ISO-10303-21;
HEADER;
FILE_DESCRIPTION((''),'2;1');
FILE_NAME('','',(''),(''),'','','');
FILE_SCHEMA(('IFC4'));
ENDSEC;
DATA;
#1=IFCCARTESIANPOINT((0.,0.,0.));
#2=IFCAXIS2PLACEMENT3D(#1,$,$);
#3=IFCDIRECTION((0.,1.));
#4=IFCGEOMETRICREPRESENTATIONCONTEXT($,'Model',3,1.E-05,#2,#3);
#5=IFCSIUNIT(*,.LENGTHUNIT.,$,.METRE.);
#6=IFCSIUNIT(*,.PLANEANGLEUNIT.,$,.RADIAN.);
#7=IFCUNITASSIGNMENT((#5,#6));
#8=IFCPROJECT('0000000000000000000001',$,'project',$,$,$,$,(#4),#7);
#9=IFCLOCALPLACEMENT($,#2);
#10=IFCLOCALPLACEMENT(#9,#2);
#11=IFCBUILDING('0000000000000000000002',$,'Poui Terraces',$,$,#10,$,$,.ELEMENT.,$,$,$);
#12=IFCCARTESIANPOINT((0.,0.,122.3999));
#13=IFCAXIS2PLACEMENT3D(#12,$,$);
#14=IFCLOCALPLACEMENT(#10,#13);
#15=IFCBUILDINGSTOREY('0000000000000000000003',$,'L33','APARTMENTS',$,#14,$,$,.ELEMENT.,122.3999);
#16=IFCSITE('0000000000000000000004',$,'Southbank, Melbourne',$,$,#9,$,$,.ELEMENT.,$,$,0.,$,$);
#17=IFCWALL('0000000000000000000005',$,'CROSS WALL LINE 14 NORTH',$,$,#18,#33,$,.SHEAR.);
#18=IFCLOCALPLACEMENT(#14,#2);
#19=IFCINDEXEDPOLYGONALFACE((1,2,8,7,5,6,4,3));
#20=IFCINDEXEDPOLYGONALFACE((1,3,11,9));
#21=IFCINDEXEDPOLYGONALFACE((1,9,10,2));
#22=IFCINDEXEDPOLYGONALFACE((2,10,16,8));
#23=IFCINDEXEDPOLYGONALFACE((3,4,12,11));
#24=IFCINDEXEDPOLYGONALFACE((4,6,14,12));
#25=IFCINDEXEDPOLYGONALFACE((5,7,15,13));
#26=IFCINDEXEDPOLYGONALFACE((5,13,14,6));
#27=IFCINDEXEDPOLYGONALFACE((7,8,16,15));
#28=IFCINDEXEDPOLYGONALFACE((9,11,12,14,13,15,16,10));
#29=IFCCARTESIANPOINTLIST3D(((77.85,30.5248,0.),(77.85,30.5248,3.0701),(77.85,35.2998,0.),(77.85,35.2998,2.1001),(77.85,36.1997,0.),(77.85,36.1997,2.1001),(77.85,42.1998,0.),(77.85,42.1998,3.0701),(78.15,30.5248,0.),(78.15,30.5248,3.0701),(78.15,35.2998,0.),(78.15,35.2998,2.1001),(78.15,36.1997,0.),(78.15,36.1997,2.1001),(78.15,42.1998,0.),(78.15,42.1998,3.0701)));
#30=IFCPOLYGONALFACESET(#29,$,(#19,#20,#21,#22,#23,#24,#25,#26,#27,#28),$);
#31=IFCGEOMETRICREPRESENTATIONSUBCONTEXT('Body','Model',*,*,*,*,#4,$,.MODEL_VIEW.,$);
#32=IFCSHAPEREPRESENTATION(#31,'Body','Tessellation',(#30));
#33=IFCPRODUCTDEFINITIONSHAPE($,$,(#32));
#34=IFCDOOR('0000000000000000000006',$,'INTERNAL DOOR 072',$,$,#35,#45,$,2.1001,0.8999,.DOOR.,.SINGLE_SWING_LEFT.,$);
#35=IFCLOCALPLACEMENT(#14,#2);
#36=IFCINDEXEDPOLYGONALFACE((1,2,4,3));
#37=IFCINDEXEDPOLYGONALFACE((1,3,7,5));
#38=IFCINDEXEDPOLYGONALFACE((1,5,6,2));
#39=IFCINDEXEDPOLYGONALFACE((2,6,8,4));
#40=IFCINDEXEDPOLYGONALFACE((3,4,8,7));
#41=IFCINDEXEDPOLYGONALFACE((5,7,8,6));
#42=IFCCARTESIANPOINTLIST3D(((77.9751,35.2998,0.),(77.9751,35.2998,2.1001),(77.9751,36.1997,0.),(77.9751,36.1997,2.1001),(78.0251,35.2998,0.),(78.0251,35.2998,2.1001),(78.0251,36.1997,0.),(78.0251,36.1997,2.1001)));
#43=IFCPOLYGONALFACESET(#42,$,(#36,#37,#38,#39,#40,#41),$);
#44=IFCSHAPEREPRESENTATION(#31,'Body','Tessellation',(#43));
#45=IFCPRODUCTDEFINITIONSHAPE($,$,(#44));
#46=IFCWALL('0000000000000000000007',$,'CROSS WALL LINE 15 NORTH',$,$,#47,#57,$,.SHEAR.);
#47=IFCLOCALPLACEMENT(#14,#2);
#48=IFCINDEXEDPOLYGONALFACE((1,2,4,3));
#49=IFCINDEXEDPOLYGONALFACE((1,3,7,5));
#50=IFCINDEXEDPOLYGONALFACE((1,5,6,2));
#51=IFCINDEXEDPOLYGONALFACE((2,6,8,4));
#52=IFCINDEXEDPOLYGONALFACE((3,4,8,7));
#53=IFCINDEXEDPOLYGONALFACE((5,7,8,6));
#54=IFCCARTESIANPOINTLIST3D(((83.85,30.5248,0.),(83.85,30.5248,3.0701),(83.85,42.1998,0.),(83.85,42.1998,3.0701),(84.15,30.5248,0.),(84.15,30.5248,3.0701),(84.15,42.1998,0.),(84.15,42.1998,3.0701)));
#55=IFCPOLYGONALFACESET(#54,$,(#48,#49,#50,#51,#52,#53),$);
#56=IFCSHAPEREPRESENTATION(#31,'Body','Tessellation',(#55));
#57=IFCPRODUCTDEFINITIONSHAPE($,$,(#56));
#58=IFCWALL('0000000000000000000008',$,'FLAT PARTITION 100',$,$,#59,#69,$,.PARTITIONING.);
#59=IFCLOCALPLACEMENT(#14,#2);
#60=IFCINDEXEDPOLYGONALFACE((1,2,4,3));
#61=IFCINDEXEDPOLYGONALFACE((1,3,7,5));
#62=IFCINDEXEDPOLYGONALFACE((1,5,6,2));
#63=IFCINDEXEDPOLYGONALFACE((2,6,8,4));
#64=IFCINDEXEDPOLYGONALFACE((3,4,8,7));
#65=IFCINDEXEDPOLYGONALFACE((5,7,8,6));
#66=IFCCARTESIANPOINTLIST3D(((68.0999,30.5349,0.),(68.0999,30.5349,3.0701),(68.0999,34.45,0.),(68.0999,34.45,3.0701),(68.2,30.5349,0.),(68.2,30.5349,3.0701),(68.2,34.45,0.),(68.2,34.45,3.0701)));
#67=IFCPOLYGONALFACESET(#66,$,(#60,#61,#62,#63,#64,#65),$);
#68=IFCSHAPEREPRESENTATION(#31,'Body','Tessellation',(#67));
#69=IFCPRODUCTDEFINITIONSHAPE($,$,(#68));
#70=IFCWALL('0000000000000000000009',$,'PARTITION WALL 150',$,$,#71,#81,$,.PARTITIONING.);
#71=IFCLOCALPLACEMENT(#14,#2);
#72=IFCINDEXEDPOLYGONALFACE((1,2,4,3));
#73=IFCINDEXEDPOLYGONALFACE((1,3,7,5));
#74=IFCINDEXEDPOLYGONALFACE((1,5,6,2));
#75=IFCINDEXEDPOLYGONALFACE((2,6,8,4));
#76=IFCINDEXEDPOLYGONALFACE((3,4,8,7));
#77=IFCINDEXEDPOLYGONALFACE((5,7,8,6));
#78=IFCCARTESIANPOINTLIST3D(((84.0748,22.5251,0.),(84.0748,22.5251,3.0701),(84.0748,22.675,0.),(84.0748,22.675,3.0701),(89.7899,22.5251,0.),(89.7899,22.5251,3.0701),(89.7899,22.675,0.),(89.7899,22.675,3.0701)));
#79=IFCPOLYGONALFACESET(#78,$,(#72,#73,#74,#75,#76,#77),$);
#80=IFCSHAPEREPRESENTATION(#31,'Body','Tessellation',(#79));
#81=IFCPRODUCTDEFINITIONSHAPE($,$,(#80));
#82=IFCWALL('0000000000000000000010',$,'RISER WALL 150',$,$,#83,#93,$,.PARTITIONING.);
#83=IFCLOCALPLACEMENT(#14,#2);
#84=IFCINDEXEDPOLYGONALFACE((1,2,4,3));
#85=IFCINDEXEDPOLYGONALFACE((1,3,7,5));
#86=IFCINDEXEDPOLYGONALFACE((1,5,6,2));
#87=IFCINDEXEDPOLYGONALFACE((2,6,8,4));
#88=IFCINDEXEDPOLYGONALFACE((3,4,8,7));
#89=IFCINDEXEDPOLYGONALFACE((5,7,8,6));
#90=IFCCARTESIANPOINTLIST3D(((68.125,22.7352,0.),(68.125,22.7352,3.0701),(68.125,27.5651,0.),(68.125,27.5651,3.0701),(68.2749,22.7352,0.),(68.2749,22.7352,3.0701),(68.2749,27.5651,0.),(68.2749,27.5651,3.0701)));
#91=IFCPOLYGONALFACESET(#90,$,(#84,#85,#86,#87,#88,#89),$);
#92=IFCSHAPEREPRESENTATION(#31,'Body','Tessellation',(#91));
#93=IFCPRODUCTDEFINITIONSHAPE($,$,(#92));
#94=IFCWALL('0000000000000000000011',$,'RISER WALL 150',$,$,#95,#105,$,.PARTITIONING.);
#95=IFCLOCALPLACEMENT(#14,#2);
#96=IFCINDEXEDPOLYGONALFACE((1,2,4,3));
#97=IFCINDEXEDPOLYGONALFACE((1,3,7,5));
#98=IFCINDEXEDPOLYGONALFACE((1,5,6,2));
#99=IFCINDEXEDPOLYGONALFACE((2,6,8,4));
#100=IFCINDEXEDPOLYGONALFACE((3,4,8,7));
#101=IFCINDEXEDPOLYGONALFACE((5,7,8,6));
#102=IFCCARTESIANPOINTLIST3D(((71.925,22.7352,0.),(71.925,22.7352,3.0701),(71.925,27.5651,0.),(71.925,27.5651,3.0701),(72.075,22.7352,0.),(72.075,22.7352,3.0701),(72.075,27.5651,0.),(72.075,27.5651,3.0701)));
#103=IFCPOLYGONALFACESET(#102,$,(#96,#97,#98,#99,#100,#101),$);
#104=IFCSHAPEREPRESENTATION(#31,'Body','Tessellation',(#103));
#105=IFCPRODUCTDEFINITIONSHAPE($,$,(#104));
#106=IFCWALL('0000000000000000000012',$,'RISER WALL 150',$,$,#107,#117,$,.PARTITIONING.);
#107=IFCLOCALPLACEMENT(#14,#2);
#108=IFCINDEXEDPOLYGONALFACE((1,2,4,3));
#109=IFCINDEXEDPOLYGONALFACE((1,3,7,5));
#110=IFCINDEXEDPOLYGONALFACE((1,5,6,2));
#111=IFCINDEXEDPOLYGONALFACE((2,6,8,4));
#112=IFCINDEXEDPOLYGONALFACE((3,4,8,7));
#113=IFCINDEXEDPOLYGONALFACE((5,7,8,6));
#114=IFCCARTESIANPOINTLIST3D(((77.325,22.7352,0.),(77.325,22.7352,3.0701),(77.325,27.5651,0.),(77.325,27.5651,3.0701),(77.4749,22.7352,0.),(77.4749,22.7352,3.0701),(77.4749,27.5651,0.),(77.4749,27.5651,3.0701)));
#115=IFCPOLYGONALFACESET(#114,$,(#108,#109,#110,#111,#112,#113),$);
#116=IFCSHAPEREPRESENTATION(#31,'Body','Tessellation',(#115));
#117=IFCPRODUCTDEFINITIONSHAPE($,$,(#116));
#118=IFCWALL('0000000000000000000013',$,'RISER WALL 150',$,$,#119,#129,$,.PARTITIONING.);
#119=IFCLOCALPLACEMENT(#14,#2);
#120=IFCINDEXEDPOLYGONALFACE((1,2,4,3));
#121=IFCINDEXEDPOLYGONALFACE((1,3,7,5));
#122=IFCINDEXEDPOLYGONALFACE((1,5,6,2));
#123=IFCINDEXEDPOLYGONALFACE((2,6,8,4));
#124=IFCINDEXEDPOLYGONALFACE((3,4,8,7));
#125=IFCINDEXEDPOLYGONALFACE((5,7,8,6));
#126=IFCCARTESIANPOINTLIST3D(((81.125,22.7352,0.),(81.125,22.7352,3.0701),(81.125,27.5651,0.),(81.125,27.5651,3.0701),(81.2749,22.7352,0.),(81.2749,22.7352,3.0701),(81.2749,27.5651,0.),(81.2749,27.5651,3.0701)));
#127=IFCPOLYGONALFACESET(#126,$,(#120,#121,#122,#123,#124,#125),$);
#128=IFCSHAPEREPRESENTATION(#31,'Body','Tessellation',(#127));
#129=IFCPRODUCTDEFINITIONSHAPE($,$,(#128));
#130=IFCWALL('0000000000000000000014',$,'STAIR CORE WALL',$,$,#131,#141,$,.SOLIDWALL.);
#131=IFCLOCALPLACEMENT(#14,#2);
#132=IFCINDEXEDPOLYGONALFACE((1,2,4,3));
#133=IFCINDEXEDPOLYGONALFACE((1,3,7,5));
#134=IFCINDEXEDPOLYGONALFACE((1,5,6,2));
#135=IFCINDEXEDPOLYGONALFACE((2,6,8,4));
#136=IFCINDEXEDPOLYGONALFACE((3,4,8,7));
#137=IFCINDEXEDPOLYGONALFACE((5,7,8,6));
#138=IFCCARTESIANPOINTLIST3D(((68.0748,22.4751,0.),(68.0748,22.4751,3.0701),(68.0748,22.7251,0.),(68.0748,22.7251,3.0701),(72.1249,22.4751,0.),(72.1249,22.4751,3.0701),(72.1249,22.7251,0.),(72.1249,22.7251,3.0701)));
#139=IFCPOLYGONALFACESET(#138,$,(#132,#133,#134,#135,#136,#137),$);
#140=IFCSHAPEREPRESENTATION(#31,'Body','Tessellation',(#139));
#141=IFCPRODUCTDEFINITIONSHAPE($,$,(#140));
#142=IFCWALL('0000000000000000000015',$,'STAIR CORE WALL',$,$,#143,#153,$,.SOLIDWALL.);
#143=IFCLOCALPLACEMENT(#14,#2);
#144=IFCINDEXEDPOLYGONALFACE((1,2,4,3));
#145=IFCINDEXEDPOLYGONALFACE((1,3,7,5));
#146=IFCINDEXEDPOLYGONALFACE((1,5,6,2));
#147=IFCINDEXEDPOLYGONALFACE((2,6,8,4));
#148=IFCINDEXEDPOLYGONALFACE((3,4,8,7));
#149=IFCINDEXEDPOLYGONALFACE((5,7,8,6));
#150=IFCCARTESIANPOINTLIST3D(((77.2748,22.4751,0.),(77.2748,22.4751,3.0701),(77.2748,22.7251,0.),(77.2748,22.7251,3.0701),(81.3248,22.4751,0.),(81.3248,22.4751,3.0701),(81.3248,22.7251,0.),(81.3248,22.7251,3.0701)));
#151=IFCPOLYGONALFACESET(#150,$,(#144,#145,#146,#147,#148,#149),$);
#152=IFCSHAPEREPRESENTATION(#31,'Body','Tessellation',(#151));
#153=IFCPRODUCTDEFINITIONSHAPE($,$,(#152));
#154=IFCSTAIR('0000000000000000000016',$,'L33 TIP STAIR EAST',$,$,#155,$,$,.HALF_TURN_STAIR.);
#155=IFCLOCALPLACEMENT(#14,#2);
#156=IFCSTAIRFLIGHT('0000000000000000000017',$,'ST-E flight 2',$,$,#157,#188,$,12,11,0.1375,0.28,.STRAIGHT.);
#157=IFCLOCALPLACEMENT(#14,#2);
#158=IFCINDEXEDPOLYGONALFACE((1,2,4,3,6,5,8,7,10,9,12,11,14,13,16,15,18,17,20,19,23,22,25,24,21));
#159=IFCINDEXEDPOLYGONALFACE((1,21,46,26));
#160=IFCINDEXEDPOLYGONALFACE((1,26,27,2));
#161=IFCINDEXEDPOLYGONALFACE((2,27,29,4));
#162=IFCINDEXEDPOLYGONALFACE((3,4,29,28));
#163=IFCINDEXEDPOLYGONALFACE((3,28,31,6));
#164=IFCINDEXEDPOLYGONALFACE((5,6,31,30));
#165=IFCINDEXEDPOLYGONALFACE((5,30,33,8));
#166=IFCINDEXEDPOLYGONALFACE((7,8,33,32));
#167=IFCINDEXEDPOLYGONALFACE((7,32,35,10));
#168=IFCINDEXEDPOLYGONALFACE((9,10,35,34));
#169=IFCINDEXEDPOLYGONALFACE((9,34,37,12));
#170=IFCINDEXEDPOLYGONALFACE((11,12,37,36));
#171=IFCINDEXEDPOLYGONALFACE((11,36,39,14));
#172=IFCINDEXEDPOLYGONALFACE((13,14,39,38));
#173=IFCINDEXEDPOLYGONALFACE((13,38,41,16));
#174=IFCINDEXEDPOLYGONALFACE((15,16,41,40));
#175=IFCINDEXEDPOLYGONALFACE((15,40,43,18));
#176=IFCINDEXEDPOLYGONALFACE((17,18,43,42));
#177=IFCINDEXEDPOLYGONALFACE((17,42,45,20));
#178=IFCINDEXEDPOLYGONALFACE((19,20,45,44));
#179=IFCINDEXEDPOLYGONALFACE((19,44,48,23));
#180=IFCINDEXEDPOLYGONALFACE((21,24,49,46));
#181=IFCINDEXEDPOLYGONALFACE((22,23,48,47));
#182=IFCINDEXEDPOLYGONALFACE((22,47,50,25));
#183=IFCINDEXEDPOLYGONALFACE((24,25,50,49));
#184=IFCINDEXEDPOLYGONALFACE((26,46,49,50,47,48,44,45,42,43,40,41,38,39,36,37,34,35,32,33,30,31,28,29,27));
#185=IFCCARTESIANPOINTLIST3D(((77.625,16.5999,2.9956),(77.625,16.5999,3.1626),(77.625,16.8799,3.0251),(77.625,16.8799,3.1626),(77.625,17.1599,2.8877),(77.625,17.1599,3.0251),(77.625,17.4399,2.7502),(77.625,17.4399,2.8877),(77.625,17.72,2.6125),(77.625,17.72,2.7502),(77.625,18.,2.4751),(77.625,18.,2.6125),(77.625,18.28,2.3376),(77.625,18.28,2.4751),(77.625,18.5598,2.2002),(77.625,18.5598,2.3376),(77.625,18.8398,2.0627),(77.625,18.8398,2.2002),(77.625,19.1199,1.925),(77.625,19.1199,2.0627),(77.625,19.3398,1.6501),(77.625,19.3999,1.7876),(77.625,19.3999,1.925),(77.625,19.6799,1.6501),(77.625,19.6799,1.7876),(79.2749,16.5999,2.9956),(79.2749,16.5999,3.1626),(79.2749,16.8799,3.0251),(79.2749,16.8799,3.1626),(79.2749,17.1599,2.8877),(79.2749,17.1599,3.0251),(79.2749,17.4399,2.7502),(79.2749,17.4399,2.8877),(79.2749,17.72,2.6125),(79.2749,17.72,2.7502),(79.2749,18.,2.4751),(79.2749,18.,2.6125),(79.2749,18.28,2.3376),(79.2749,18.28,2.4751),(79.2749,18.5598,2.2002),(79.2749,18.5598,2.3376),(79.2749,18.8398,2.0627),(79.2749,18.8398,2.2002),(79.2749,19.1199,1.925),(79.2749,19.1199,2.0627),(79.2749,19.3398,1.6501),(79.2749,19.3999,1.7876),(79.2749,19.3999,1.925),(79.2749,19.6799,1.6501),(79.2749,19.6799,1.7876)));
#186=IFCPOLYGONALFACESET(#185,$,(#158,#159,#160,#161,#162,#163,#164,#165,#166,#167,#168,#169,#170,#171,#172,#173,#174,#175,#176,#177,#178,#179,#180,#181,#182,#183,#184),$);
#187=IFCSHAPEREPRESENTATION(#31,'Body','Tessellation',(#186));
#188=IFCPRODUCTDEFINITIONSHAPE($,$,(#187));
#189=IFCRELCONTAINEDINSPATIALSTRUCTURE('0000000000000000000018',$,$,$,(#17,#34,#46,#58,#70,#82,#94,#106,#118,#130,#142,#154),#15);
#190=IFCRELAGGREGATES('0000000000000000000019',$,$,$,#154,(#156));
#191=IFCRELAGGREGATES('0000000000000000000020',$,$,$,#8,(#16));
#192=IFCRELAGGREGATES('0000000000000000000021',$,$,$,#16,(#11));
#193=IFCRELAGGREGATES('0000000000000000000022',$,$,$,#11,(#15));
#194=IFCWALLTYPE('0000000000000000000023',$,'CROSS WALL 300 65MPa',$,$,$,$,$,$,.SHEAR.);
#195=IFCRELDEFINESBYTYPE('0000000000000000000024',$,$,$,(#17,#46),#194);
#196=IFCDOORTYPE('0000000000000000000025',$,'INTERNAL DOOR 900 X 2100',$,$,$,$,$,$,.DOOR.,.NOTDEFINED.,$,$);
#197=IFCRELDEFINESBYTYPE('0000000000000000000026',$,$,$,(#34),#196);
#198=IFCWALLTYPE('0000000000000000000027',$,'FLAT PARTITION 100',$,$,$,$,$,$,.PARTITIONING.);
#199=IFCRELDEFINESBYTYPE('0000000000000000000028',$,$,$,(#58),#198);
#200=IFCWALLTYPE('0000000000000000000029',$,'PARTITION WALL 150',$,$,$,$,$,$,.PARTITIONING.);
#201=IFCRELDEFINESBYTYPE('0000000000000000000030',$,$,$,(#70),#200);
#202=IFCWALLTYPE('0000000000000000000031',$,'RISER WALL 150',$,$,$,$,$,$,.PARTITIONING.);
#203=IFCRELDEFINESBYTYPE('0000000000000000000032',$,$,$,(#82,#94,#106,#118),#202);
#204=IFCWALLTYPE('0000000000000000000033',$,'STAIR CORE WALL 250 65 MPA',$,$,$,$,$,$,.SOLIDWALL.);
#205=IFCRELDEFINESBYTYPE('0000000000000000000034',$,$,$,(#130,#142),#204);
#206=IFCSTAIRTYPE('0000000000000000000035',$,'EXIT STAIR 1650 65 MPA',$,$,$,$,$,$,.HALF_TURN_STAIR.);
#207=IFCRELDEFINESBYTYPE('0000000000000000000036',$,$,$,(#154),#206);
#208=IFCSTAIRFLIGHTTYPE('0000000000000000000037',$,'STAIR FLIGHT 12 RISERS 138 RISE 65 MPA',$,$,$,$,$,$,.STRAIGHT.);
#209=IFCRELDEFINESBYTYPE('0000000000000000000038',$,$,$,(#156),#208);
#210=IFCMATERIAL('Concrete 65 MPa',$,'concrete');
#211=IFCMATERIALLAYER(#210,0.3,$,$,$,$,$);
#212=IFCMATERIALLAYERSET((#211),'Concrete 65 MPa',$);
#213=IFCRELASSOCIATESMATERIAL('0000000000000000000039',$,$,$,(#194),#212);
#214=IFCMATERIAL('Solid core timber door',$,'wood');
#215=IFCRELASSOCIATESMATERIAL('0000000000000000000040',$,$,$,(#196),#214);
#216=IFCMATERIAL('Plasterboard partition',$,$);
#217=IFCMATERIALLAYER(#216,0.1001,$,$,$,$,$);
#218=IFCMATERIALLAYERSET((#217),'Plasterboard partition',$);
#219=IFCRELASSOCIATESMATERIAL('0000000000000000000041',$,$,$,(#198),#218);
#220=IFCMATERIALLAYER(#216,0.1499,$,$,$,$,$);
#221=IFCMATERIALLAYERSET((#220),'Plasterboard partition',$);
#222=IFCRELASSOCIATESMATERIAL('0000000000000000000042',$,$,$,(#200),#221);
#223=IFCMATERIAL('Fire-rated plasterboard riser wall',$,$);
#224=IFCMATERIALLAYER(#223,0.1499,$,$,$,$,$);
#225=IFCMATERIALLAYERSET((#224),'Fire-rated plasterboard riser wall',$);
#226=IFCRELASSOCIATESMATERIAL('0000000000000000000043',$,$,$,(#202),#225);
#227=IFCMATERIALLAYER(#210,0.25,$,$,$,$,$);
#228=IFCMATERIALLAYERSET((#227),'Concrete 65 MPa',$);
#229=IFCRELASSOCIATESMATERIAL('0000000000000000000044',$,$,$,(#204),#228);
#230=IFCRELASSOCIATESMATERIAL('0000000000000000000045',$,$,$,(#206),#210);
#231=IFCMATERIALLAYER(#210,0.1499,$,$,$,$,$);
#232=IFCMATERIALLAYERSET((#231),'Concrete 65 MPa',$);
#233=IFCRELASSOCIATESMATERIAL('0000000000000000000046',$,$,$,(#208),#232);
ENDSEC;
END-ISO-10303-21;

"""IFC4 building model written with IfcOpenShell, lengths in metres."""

from ifc_helpers import new_model, si_unit, direction, frame, frame_2d, origin, place, context, subcontext, project, spatial, polyline, rectangle, outline, extrude, material, layer, layer_set, type_object, element, fill, aggregate, save


model = new_model("IFC4")

# Units and contexts
model_context = context("Model", 3, precision=1e-05, world=origin(), true_north=direction((0.0, 1.0)))
body_context = subcontext(model_context, "Body", "Model", "MODEL_VIEW")
ifc_project = project(units=[si_unit("LENGTHUNIT", "METRE"), si_unit("PLANEANGLEUNIT", "RADIAN")], contexts=[model_context])

# Site, building, storey
site_placement = place(None, origin())
site = spatial("IfcSite", under=ifc_project, at=site_placement, Name="Southbank, Melbourne", CompositionType="ELEMENT", RefElevation=0.0)
building_placement = place(site_placement, origin())
building = spatial("IfcBuilding", under=site, at=building_placement, Name="Poui Terraces", CompositionType="ELEMENT")
storey_placement = place(building_placement, frame((0.0, 0.0, 122.3999)))
storey = spatial("IfcBuildingStorey", under=building, at=storey_placement, Name="L33", Description="APARTMENTS", CompositionType="ELEMENT", Elevation=122.3999)

# Shared definitions
ifc_material_1 = material(Name="Concrete 65 MPa", Category="concrete")

# Wall, opening, door
ifc_material_2 = material(Name="Solid core timber door", Category="wood")
ifc_layer_1 = layer(ifc_material_1, 0.3)
ifc_layer_set_1 = layer_set([ifc_layer_1], Name="Concrete 65 MPa")
wall_type_1 = type_object("IfcWallType", Name="CROSS WALL 300 65MPa", PredefinedType="SHEAR", material=ifc_layer_set_1)
door_type_1 = type_object("IfcDoorType", Name="INTERNAL DOOR 900 X 2100", OperationType="NOTDEFINED", PredefinedType="DOOR", material=ifc_material_2)
wall_1_placement = place(storey_placement, frame((78.0, 30.5249, 0.0), z_axis=(0.0, 0.0, 1.0), x_axis=(0.0, 1.0, 0.0)))
wall_1 = element("IfcWall", 1, at=wall_1_placement, inside=storey, type_object=wall_type_1, Name="CROSS WALL LINE 14 NORTH", PredefinedType="SHEAR", context=body_context, shape_type="SweptSolid", body=[
    extrude(rectangle(XDim=11.675, YDim=0.3, at=frame_2d((5.8374, 0.0))), origin(), (0.0, 0.0, 1.0), 3.0701),
])
opening_1_placement = place(wall_1_placement, frame((4.7749, 0.0, 0.0)))
opening_1 = element("IfcOpeningElement", 2, at=opening_1_placement, cuts=wall_1, PredefinedType="OPENING", context=body_context, shape_type="SweptSolid", body=[
    extrude(rectangle(XDim=0.8999, YDim=2.1001, at=frame_2d((0.45, 1.05))), frame((0.0, 0.1602, 0.0), z_axis=(0.0, -1.0, 0.0), x_axis=(1.0, 0.0, 0.0)), (0.0, 0.0, 1.0), 0.3201),
])
door_1_placement = place(opening_1_placement, origin())
door_1 = element("IfcDoor", 3, at=door_1_placement, inside=storey, type_object=door_type_1, Name="INTERNAL DOOR 072", OperationType="SINGLE_SWING_LEFT", OverallHeight=2.1001, OverallWidth=0.8999, PredefinedType="DOOR", context=body_context, shape_type="SweptSolid", body=[
    extrude(rectangle(XDim=0.8999, YDim=2.1001, at=frame_2d((0.45, 1.05))), frame((0.0, 0.0249, 0.0), z_axis=(0.0, -1.0, 0.0), x_axis=(1.0, 0.0, 0.0)), (0.0, 0.0, 1.0), 0.05),
])
fill(opening_1, door_1)

# Walls
wall_2_placement = place(storey_placement, frame((84.0, 30.5249, 0.0), z_axis=(0.0, 0.0, 1.0), x_axis=(0.0, 1.0, 0.0)))
element("IfcWall", 4, at=wall_2_placement, inside=storey, type_object=wall_type_1, Name="CROSS WALL LINE 15 NORTH", PredefinedType="SHEAR", context=body_context, shape_type="SweptSolid", body=[
    extrude(rectangle(XDim=11.675, YDim=0.3, at=frame_2d((5.8374, 0.0))), origin(), (0.0, 0.0, 1.0), 3.0701),
])
ifc_material_3 = material(Name="Plasterboard partition")
ifc_layer_2 = layer(ifc_material_3, 0.1001)
ifc_layer_set_2 = layer_set([ifc_layer_2], Name="Plasterboard partition")
wall_type_2 = type_object("IfcWallType", Name="FLAT PARTITION 100", PredefinedType="PARTITIONING", material=ifc_layer_set_2)
wall_3_placement = place(storey_placement, frame((68.1499, 30.5349, 0.0), z_axis=(0.0, 0.0, 1.0), x_axis=(0.0, 1.0, 0.0)))
element("IfcWall", 5, at=wall_3_placement, inside=storey, type_object=wall_type_2, Name="FLAT PARTITION 100", PredefinedType="PARTITIONING", context=body_context, shape_type="SweptSolid", body=[
    extrude(rectangle(XDim=3.915, YDim=0.1001, at=frame_2d((1.9575, 0.0))), origin(), (0.0, 0.0, 1.0), 3.0701),
])
ifc_layer_3 = layer(ifc_material_3, 0.1499)
ifc_layer_set_3 = layer_set([ifc_layer_3], Name="Plasterboard partition")
wall_type_3 = type_object("IfcWallType", Name="PARTITION WALL 150", PredefinedType="PARTITIONING", material=ifc_layer_set_3)
wall_4_placement = place(storey_placement, frame((84.075, 22.6001, 0.0), z_axis=(0.0, 0.0, 1.0), x_axis=(1.0, 0.0, 0.0)))
element("IfcWall", 6, at=wall_4_placement, inside=storey, type_object=wall_type_3, Name="PARTITION WALL 150", PredefinedType="PARTITIONING", context=body_context, shape_type="SweptSolid", body=[
    extrude(rectangle(XDim=5.7151, YDim=0.1499, at=frame_2d((2.8574, 0.0))), origin(), (0.0, 0.0, 1.0), 3.0701),
])
ifc_material_4 = material(Name="Fire-rated plasterboard riser wall")
ifc_layer_4 = layer(ifc_material_4, 0.1499)
ifc_layer_set_4 = layer_set([ifc_layer_4], Name="Fire-rated plasterboard riser wall")
wall_type_4 = type_object("IfcWallType", Name="RISER WALL 150", PredefinedType="PARTITIONING", material=ifc_layer_set_4)
for number, where, z_axis, x_axis, name in (
    (7, (68.2, 22.7351, 0.0), (0.0, 0.0, 1.0), (0.0, 1.0, 0.0), "RISER WALL 150"),
    (8, (72.0, 22.7351, 0.0), (0.0, 0.0, 1.0), (0.0, 1.0, 0.0), "RISER WALL 150"),
    (9, (77.3999, 22.7351, 0.0), (0.0, 0.0, 1.0), (0.0, 1.0, 0.0), "RISER WALL 150"),
    (10, (81.2, 22.7351, 0.0), (0.0, 0.0, 1.0), (0.0, 1.0, 0.0), "RISER WALL 150"),
):
    element("IfcWall", number, at=place(storey_placement, frame(where, z_axis=z_axis, x_axis=x_axis)), inside=storey, type_object=wall_type_4, Name=name, PredefinedType="PARTITIONING", context=body_context, shape_type="SweptSolid", body=[
        extrude(rectangle(XDim=4.8298, YDim=0.1499, at=frame_2d((2.415, 0.0))), origin(), (0.0, 0.0, 1.0), 3.0701),
    ])
ifc_layer_5 = layer(ifc_material_1, 0.25)
ifc_layer_set_5 = layer_set([ifc_layer_5], Name="Concrete 65 MPa")
wall_type_5 = type_object("IfcWallType", Name="STAIR CORE WALL 250 65 MPA", PredefinedType="SOLIDWALL", material=ifc_layer_set_5)
for number, where, z_axis, x_axis, name in (
    (11, (68.075, 22.6001, 0.0), (0.0, 0.0, 1.0), (1.0, 0.0, 0.0), "STAIR CORE WALL"),
    (12, (77.2749, 22.6001, 0.0), (0.0, 0.0, 1.0), (1.0, 0.0, 0.0), "STAIR CORE WALL"),
):
    element("IfcWall", number, at=place(storey_placement, frame(where, z_axis=z_axis, x_axis=x_axis)), inside=storey, type_object=wall_type_5, Name=name, PredefinedType="SOLIDWALL", context=body_context, shape_type="SweptSolid", body=[
        extrude(rectangle(XDim=4.05, YDim=0.25, at=frame_2d((2.0249, 0.0))), origin(), (0.0, 0.0, 1.0), 3.0701),
    ])

# Stair, stair flight
stair_type = type_object("IfcStairType", Name="EXIT STAIR 1650 65 MPA", PredefinedType="HALF_TURN_STAIR", material=ifc_material_1)
stair_placement = place(storey_placement, origin())
stair = element("IfcStair", 13, at=stair_placement, inside=storey, type_object=stair_type, Name="L33 TIP STAIR EAST", PredefinedType="HALF_TURN_STAIR")
ifc_layer_6 = layer(ifc_material_1, 0.1499)
ifc_layer_set_6 = layer_set([ifc_layer_6], Name="Concrete 65 MPa")
stair_flight_type = type_object("IfcStairFlightType", Name="STAIR FLIGHT 12 RISERS 138 RISE 65 MPA", PredefinedType="STRAIGHT", material=ifc_layer_set_6)
stair_flight_placement = place(storey_placement, frame((78.45, 19.6799, 1.6501), z_axis=(0.0, 0.0, 1.0), x_axis=(0.0, -1.0, 0.0)))
stair_flight = element("IfcStairFlight", 14, at=stair_flight_placement, type_object=stair_flight_type, Name="ST-E flight 2", NumberOfRisers=12, NumberOfTreads=11, PredefinedType="STRAIGHT", RiserHeight=0.1375, TreadLength=0.28, context=body_context, shape_type="SweptSolid", body=[
    extrude(outline(polyline([(0.0, 0.0), (0.0, 0.1375), (0.28, 0.1375), (0.28, 0.2749), (0.5601, 0.2749), (0.5601, 0.4126), (0.8401, 0.4126), (0.8401, 0.55), (1.1201, 0.55), (1.1201, 0.6875), (1.3999, 0.6875), (1.3999, 0.825), (1.6799, 0.825), (1.6799, 0.9624), (1.96, 0.9624), (1.96, 1.1001), (2.24, 1.1001), (2.24, 1.2375), (2.52, 1.2375), (2.52, 1.375), (2.8, 1.375), (2.8, 1.5125), (3.0801, 1.5125), (3.0801, 1.6499), (3.0801, 1.3455), (0.3401, 0.0), (0.0, 0.0)])), frame((0.0, 0.825, 0.0), z_axis=(0.0, -1.0, 0.0), x_axis=(1.0, 0.0, 0.0)), (0.0, 0.0, 1.0), 1.6499),
])
aggregate(stair, [stair_flight])

save(model, "model.ifc")
